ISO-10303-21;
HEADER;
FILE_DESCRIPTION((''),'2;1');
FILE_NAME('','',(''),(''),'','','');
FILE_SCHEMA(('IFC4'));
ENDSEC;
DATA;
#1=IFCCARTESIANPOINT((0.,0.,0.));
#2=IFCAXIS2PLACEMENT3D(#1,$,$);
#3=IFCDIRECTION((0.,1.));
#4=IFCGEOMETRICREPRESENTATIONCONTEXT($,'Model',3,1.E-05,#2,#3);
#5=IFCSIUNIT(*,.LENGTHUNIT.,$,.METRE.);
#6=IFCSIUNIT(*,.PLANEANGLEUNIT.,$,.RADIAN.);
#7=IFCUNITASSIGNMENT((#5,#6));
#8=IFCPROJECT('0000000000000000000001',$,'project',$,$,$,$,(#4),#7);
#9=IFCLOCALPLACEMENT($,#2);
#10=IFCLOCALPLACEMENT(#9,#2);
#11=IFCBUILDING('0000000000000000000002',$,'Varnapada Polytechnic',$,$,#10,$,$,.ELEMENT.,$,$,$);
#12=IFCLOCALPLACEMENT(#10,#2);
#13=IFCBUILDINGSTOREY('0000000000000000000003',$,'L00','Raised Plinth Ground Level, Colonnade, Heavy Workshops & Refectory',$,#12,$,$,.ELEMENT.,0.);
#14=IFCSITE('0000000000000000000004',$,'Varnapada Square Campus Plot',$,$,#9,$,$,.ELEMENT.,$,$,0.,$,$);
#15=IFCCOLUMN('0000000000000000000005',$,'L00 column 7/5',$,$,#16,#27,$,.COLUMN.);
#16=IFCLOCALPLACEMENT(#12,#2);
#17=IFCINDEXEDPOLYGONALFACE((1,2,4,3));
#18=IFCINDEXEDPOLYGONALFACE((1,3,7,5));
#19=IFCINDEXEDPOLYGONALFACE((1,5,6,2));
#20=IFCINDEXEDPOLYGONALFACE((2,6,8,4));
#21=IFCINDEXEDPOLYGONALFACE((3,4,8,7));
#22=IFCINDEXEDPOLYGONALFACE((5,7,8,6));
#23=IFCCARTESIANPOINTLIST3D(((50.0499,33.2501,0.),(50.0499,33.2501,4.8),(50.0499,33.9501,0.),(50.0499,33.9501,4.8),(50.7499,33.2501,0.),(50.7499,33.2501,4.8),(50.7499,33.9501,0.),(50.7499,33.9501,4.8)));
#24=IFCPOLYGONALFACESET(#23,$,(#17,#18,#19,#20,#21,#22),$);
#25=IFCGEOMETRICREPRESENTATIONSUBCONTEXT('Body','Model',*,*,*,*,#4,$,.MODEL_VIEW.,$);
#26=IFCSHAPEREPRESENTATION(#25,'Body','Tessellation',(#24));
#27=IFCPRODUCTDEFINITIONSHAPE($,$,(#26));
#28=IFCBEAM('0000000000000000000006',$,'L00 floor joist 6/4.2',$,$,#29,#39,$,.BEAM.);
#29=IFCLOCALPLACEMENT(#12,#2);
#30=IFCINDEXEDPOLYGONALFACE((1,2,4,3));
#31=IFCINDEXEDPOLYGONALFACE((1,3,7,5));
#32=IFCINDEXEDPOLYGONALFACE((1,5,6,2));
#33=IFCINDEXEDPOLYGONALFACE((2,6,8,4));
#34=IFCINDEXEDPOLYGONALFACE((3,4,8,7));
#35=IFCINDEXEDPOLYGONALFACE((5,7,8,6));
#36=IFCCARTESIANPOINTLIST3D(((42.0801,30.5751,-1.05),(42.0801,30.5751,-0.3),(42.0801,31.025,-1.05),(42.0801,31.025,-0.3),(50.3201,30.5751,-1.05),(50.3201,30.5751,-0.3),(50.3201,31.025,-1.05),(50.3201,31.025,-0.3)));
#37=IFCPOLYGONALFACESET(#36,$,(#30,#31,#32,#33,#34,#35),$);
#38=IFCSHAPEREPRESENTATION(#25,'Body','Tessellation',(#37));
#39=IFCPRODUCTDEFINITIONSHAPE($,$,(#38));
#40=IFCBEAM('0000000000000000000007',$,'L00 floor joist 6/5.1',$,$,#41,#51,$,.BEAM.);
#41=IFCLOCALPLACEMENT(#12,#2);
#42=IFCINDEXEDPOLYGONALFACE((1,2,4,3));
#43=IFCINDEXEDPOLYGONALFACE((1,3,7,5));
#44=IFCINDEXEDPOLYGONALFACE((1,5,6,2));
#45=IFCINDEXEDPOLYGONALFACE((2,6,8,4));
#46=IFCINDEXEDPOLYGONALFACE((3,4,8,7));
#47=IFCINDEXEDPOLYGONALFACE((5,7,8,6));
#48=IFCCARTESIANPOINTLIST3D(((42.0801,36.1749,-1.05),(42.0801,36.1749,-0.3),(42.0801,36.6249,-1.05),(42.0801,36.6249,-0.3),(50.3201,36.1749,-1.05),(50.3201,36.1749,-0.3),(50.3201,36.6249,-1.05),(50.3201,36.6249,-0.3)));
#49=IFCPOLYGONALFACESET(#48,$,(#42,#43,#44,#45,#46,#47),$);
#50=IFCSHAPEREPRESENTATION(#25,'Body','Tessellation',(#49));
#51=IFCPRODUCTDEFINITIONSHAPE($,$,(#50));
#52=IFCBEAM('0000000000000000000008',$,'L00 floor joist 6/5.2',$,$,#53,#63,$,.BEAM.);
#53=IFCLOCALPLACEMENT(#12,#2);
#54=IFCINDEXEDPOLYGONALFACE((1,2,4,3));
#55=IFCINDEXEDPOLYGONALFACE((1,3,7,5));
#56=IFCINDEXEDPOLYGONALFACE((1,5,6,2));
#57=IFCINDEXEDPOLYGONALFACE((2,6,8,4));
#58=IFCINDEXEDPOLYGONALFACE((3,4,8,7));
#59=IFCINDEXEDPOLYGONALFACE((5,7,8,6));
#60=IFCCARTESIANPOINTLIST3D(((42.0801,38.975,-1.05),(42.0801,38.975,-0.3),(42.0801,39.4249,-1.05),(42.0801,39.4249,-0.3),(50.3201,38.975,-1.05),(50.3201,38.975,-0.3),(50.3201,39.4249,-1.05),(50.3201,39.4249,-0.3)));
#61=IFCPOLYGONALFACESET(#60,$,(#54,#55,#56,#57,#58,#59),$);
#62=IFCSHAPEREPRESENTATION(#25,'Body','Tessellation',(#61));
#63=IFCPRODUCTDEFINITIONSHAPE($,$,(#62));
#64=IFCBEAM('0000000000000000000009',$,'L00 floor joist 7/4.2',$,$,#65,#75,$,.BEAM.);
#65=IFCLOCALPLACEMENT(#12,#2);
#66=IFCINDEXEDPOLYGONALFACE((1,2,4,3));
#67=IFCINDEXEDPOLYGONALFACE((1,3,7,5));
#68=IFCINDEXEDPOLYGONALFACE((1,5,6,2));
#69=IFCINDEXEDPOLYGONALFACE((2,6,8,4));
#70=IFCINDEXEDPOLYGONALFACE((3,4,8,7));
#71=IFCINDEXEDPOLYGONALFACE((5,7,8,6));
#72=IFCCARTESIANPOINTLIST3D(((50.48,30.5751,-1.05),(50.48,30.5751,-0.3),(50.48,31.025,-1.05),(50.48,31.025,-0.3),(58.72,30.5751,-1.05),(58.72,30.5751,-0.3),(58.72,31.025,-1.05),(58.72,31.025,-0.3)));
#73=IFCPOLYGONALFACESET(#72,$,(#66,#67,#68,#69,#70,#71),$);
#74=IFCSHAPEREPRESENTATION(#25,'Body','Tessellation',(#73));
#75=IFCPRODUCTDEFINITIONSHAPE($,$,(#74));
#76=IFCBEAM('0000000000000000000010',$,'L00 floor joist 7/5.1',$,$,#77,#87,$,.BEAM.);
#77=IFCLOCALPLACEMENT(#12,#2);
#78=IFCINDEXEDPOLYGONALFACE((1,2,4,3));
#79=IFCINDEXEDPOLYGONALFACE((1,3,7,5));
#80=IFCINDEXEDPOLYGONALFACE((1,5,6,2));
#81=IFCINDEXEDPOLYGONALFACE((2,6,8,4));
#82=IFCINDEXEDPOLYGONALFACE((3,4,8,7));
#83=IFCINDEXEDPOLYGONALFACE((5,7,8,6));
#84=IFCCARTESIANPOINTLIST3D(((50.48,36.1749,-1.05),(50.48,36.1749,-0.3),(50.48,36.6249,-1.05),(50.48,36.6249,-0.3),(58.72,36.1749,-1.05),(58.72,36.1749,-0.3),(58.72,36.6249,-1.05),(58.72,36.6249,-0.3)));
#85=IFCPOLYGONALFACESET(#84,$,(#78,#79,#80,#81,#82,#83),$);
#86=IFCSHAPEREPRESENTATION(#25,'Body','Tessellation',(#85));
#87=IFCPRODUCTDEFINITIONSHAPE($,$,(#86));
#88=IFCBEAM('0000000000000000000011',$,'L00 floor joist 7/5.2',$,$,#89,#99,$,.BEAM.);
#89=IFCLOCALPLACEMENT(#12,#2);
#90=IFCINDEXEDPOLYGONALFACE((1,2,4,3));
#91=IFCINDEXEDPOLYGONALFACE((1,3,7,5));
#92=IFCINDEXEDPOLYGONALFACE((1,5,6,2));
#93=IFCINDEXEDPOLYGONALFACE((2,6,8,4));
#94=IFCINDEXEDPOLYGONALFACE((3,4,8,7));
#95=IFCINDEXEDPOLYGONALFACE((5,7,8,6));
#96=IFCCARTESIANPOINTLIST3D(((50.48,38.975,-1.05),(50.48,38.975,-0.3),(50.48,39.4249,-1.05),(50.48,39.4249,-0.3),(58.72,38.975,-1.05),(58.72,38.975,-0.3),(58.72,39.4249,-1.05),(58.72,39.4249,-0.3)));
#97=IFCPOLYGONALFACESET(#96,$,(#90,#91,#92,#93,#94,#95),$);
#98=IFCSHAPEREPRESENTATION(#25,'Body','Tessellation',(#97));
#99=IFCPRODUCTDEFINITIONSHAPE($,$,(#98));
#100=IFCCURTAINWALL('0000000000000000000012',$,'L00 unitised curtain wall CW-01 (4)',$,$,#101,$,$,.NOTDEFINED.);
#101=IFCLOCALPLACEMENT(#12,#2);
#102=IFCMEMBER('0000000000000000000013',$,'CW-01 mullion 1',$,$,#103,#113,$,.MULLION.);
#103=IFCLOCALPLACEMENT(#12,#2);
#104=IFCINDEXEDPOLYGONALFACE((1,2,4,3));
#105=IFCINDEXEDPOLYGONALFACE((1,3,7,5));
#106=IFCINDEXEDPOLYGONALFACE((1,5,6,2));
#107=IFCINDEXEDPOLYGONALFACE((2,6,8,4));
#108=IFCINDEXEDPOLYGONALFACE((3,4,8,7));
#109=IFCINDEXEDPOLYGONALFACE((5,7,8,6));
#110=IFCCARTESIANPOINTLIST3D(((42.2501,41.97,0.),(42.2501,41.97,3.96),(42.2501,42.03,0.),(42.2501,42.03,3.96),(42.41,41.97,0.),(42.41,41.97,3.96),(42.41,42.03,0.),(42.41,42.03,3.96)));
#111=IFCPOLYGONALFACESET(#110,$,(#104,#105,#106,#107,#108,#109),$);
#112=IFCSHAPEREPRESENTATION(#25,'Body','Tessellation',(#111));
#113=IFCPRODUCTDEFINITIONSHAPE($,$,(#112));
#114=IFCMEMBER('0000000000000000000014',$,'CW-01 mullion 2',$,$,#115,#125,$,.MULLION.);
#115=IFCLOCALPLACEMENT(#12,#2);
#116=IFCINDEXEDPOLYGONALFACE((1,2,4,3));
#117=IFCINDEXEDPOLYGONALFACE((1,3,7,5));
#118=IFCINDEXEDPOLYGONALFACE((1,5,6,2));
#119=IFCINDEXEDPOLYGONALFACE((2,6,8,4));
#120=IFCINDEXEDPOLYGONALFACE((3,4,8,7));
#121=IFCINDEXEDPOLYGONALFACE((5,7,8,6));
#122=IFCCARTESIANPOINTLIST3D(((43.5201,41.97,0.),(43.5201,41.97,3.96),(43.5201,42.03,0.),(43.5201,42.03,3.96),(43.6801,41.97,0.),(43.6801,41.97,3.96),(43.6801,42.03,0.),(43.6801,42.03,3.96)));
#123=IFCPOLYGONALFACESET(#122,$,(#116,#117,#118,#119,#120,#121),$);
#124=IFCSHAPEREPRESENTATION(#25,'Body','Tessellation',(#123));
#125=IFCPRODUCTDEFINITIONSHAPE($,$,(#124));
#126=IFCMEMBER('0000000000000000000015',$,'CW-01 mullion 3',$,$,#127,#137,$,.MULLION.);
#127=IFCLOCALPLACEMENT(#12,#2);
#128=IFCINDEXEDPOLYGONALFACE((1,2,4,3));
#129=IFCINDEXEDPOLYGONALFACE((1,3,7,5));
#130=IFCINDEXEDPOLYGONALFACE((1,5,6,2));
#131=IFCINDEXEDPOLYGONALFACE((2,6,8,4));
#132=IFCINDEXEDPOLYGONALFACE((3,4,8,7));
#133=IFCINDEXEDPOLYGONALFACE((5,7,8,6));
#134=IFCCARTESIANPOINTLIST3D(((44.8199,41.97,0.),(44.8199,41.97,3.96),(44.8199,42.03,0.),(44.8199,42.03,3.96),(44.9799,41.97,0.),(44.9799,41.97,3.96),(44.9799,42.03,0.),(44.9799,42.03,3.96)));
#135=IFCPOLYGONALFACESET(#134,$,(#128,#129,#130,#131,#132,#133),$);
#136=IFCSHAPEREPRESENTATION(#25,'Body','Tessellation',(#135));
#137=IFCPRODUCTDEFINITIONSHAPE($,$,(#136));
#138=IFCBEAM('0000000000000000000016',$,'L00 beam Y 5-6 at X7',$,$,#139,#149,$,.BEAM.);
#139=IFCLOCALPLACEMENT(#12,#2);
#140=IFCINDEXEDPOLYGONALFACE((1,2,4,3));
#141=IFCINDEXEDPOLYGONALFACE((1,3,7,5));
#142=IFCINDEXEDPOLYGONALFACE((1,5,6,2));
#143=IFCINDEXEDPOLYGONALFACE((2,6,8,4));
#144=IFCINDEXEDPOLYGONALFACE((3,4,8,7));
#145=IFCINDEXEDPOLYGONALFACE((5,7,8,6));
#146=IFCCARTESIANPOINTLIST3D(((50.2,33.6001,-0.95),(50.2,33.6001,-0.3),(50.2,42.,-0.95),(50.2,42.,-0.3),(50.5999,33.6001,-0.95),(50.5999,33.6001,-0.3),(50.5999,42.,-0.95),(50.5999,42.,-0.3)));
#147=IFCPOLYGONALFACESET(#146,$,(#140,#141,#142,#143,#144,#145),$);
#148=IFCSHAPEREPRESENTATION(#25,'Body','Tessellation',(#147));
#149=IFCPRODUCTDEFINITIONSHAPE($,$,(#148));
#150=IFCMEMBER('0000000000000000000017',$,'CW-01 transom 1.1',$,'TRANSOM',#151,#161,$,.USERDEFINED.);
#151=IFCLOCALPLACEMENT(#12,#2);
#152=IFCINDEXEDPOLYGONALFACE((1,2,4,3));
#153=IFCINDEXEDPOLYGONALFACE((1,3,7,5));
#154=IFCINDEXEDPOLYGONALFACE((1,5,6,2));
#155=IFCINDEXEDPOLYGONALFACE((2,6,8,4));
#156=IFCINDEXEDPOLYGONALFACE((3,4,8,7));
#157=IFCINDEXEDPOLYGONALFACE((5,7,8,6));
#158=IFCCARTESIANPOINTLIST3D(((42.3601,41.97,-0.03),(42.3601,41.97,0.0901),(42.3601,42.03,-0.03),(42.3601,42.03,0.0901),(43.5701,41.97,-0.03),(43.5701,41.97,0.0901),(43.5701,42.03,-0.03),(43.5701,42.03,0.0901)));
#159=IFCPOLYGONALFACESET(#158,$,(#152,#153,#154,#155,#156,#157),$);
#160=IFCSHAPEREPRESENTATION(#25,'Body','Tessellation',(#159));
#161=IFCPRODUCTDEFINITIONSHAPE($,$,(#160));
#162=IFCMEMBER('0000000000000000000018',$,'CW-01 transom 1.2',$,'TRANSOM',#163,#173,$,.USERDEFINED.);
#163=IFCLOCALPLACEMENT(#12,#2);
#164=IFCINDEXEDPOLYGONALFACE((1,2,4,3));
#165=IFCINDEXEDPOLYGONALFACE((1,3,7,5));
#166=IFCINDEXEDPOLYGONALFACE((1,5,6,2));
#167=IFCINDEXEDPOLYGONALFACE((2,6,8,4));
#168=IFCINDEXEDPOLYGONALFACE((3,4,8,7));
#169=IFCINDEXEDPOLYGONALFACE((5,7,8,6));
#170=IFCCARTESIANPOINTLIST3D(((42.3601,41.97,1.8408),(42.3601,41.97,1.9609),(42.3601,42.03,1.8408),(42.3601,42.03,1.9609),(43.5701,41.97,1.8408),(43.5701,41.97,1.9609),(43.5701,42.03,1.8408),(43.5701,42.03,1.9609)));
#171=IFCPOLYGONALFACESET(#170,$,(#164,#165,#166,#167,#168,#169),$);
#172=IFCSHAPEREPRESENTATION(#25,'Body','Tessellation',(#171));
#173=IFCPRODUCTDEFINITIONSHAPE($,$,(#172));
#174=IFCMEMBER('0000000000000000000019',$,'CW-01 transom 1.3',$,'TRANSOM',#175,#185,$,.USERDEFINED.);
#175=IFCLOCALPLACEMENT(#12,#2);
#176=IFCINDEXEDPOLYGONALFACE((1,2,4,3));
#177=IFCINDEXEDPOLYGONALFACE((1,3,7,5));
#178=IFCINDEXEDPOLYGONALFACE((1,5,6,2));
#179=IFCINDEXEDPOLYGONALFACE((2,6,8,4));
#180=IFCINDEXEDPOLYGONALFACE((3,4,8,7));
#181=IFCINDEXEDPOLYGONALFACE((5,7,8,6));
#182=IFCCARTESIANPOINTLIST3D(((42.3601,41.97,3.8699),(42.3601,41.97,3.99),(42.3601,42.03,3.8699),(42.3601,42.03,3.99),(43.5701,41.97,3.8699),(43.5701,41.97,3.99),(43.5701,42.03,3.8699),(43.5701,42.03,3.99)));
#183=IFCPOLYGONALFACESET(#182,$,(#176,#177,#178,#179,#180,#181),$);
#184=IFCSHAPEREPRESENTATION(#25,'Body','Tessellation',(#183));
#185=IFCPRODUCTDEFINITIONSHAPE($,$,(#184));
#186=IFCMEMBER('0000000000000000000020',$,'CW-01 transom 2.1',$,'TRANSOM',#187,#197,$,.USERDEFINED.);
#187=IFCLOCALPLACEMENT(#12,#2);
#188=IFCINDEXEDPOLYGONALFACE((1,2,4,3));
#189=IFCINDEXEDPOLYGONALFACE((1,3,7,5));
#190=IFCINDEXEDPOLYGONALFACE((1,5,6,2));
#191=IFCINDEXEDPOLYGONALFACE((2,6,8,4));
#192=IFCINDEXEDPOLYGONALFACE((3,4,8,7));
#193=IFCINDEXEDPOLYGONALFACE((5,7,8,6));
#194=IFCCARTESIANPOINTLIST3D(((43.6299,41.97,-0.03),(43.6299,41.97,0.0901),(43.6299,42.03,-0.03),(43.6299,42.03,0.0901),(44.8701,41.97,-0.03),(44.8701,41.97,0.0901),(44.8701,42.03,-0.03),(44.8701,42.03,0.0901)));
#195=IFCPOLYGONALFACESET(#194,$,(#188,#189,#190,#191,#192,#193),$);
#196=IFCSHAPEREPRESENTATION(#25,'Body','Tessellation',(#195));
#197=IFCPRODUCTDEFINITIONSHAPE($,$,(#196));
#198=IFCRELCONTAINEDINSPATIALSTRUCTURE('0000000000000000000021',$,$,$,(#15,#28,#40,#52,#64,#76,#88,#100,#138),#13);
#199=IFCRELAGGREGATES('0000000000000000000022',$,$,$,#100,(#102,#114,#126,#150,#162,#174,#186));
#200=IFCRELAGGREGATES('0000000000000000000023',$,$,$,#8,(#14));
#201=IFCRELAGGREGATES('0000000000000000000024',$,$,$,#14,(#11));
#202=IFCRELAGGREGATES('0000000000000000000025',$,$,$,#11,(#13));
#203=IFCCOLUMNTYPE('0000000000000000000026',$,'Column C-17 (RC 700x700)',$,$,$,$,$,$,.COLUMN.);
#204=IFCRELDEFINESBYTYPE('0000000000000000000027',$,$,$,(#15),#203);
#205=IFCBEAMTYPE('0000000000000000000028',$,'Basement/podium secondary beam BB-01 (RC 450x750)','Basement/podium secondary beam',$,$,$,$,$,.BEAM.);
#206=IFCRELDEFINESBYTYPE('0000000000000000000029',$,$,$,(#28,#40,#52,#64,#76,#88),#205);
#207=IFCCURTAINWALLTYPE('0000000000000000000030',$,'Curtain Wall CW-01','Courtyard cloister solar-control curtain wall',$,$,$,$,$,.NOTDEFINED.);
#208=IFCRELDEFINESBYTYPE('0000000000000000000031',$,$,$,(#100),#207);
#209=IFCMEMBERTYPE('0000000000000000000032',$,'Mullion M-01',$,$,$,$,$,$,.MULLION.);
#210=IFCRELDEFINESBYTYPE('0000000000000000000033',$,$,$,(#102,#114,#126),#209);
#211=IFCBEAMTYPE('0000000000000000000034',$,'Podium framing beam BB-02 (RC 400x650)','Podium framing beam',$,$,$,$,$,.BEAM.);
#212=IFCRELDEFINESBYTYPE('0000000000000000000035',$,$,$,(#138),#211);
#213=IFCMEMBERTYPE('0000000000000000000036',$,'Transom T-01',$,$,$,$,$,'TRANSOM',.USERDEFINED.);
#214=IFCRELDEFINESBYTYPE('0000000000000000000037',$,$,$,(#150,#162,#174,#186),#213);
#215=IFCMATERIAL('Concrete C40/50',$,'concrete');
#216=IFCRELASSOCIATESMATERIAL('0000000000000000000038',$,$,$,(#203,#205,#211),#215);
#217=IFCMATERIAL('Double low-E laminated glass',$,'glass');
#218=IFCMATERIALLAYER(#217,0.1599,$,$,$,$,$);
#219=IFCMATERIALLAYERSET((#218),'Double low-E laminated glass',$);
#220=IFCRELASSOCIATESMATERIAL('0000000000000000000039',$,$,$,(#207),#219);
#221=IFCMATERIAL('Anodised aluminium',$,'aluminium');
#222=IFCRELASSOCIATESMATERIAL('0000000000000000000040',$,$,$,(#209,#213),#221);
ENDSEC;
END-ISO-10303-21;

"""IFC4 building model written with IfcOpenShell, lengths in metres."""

from ifc_helpers import new_model, si_unit, direction, frame, origin, origin_2d, place, context, subcontext, project, spatial, rectangle, extrude, material, layer, layer_set, material_profile, profile_set, type_object, element, aggregate, save


model = new_model("IFC4")

# Units and contexts
model_context = context("Model", 3, precision=1e-05, world=origin(), true_north=direction((0.0, 1.0)))
body_context = subcontext(model_context, "Body", "Model", "MODEL_VIEW")
ifc_project = project(units=[si_unit("LENGTHUNIT", "METRE"), si_unit("PLANEANGLEUNIT", "RADIAN")], contexts=[model_context])

# Site, building, storey
site_placement = place(None, origin())
site = spatial("IfcSite", under=ifc_project, at=site_placement, Name="Varnapada Square Campus Plot", CompositionType="ELEMENT", RefElevation=0.0)
building_placement = place(site_placement, origin())
building = spatial("IfcBuilding", under=site, at=building_placement, Name="Varnapada Polytechnic", CompositionType="ELEMENT")
storey_placement = place(building_placement, origin())
storey = spatial("IfcBuildingStorey", under=building, at=storey_placement, Name="L00", Description="Raised Plinth Ground Level, Colonnade, Heavy Workshops & Refectory", CompositionType="ELEMENT", Elevation=0.0)

# Column
ifc_material_1 = material(Name="Concrete C40/50", Category="concrete")
ifc_material_profile_1 = material_profile(ifc_material_1, rectangle(XDim=0.7, YDim=0.7, at=origin_2d()), Name="RC 700x700")
ifc_profile_set_1 = profile_set([ifc_material_profile_1], Name="Concrete C40/50")
column_type = type_object("IfcColumnType", Name="Column C-17 (RC 700x700)", PredefinedType="COLUMN", material=ifc_profile_set_1)
column_placement = place(storey_placement, frame((50.3999, 33.6001, 0.0), z_axis=(0.0, 0.0, 1.0), x_axis=(1.0, 0.0, 0.0)))
element("IfcColumn", 1, at=column_placement, inside=storey, type_object=column_type, Name="L00 column 7/5", PredefinedType="COLUMN", context=body_context, shape_type="SweptSolid", body=[
    extrude(rectangle(XDim=0.7, YDim=0.7, at=origin_2d()), origin(), (0.0, 0.0, 1.0), 4.8),
])

# Beams
ifc_material_profile_2 = material_profile(ifc_material_1, rectangle(XDim=0.45, YDim=0.75, at=origin_2d()), Name="RC 450x750")
ifc_profile_set_2 = profile_set([ifc_material_profile_2], Name="Concrete C40/50")
beam_type_1 = type_object("IfcBeamType", Name="Basement/podium secondary beam BB-01 (RC 450x750)", Description="Basement/podium secondary beam", PredefinedType="BEAM", material=ifc_profile_set_2)
for number, where, z_axis, x_axis, name in (
    (2, (42.0801, 30.8, -0.675), (1.0, 0.0, 0.0), (0.0, 1.0, 0.0), "L00 floor joist 6/4.2"),
    (3, (42.0801, 36.3999, -0.675), (1.0, 0.0, 0.0), (0.0, 1.0, 0.0), "L00 floor joist 6/5.1"),
    (4, (42.0801, 39.2, -0.675), (1.0, 0.0, 0.0), (0.0, 1.0, 0.0), "L00 floor joist 6/5.2"),
    (5, (50.48, 30.8, -0.675), (1.0, 0.0, 0.0), (0.0, 1.0, 0.0), "L00 floor joist 7/4.2"),
    (6, (50.48, 36.3999, -0.675), (1.0, 0.0, 0.0), (0.0, 1.0, 0.0), "L00 floor joist 7/5.1"),
    (7, (50.48, 39.2, -0.675), (1.0, 0.0, 0.0), (0.0, 1.0, 0.0), "L00 floor joist 7/5.2"),
):
    element("IfcBeam", number, at=place(storey_placement, frame(where, z_axis=z_axis, x_axis=x_axis)), inside=storey, type_object=beam_type_1, Name=name, PredefinedType="BEAM", context=body_context, shape_type="SweptSolid", body=[
        extrude(rectangle(XDim=0.45, YDim=0.75, at=origin_2d()), origin(), (0.0, 0.0, 1.0), 8.24),
    ])

# Curtain wall, members
ifc_material_2 = material(Name="Double low-E laminated glass", Category="glass")
ifc_layer_1 = layer(ifc_material_2, 0.1599)
ifc_layer_set_1 = layer_set([ifc_layer_1], Name="Double low-E laminated glass")
curtain_wall_type = type_object("IfcCurtainWallType", Name="Curtain Wall CW-01", Description="Courtyard cloister solar-control curtain wall", PredefinedType="NOTDEFINED", material=ifc_layer_set_1)
curtain_wall_placement = place(storey_placement, origin())
curtain_wall = element("IfcCurtainWall", 8, at=curtain_wall_placement, inside=storey, type_object=curtain_wall_type, Name="L00 unitised curtain wall CW-01 (4)", PredefinedType="NOTDEFINED")
ifc_material_3 = material(Name="Anodised aluminium", Category="aluminium")
ifc_material_profile_3 = material_profile(ifc_material_3, rectangle(XDim=0.0601, YDim=0.1599, at=origin_2d()), Name="ALU M60x160")
ifc_profile_set_3 = profile_set([ifc_material_profile_3], Name="Anodised aluminium")
member_type_1 = type_object("IfcMemberType", Name="Mullion M-01", PredefinedType="MULLION", material=ifc_profile_set_3)
member_1_placement = place(storey_placement, frame((42.3301, 42.0, 0.0), z_axis=(0.0, 0.0, 1.0), x_axis=(0.0, 1.0, 0.0)))
member_1 = element("IfcMember", 9, at=member_1_placement, type_object=member_type_1, Name="CW-01 mullion 1", PredefinedType="MULLION", context=body_context, shape_type="SweptSolid", body=[
    extrude(rectangle(XDim=0.0601, YDim=0.1599, at=origin_2d()), origin(), (0.0, 0.0, 1.0), 3.96),
])
member_2_placement = place(storey_placement, frame((43.6001, 42.0, 0.0), z_axis=(0.0, 0.0, 1.0), x_axis=(0.0, 1.0, 0.0)))
member_2 = element("IfcMember", 10, at=member_2_placement, type_object=member_type_1, Name="CW-01 mullion 2", PredefinedType="MULLION", context=body_context, shape_type="SweptSolid", body=[
    extrude(rectangle(XDim=0.0601, YDim=0.1599, at=origin_2d()), origin(), (0.0, 0.0, 1.0), 3.96),
])
member_3_placement = place(storey_placement, frame((44.8999, 42.0, 0.0), z_axis=(0.0, 0.0, 1.0), x_axis=(0.0, 1.0, 0.0)))
member_3 = element("IfcMember", 11, at=member_3_placement, type_object=member_type_1, Name="CW-01 mullion 3", PredefinedType="MULLION", context=body_context, shape_type="SweptSolid", body=[
    extrude(rectangle(XDim=0.0601, YDim=0.1599, at=origin_2d()), origin(), (0.0, 0.0, 1.0), 3.96),
])

# Beam
ifc_material_profile_4 = material_profile(ifc_material_1, rectangle(XDim=0.3999, YDim=0.6499, at=origin_2d()), Name="RC 400x650")
ifc_profile_set_4 = profile_set([ifc_material_profile_4], Name="Concrete C40/50")
beam_type_2 = type_object("IfcBeamType", Name="Podium framing beam BB-02 (RC 400x650)", Description="Podium framing beam", PredefinedType="BEAM", material=ifc_profile_set_4)
beam_1_placement = place(storey_placement, frame((50.3999, 33.6001, -0.625), z_axis=(0.0, 1.0, 0.0), x_axis=(-1.0, 0.0, 0.0)))
element("IfcBeam", 12, at=beam_1_placement, inside=storey, type_object=beam_type_2, Name="L00 beam Y 5-6 at X7", PredefinedType="BEAM", context=body_context, shape_type="SweptSolid", body=[
    extrude(rectangle(XDim=0.3999, YDim=0.6499, at=origin_2d()), origin(), (0.0, 0.0, 1.0), 8.3999),
])

# Members
ifc_material_profile_5 = material_profile(ifc_material_3, rectangle(XDim=0.0601, YDim=0.1201, at=origin_2d()), Name="ALU T60x120")
ifc_profile_set_5 = profile_set([ifc_material_profile_5], Name="Anodised aluminium")
member_type_2 = type_object("IfcMemberType", Name="Transom T-01", ElementType="TRANSOM", PredefinedType="USERDEFINED", material=ifc_profile_set_5)
member_4_placement = place(storey_placement, frame((42.3601, 42.0, 0.03), z_axis=(1.0, 0.0, 0.0), x_axis=(0.0, 1.0, 0.0)))
member_4 = element("IfcMember", 13, at=member_4_placement, type_object=member_type_2, Name="CW-01 transom 1.1", ObjectType="TRANSOM", PredefinedType="USERDEFINED", context=body_context, shape_type="SweptSolid", body=[
    extrude(rectangle(XDim=0.0601, YDim=0.1201, at=origin_2d()), origin(), (0.0, 0.0, 1.0), 1.21),
])
member_5_placement = place(storey_placement, frame((42.3601, 42.0, 1.9009), z_axis=(1.0, 0.0, 0.0), x_axis=(0.0, 1.0, 0.0)))
member_5 = element("IfcMember", 14, at=member_5_placement, type_object=member_type_2, Name="CW-01 transom 1.2", ObjectType="TRANSOM", PredefinedType="USERDEFINED", context=body_context, shape_type="SweptSolid", body=[
    extrude(rectangle(XDim=0.0601, YDim=0.1201, at=origin_2d()), origin(), (0.0, 0.0, 1.0), 1.21),
])
member_6_placement = place(storey_placement, frame((42.3601, 42.0, 3.9299), z_axis=(1.0, 0.0, 0.0), x_axis=(0.0, 1.0, 0.0)))
member_6 = element("IfcMember", 15, at=member_6_placement, type_object=member_type_2, Name="CW-01 transom 1.3", ObjectType="TRANSOM", PredefinedType="USERDEFINED", context=body_context, shape_type="SweptSolid", body=[
    extrude(rectangle(XDim=0.0601, YDim=0.1201, at=origin_2d()), origin(), (0.0, 0.0, 1.0), 1.21),
])
member_7_placement = place(storey_placement, frame((43.6299, 42.0, 0.03), z_axis=(1.0, 0.0, 0.0), x_axis=(0.0, 1.0, 0.0)))
member_7 = element("IfcMember", 16, at=member_7_placement, type_object=member_type_2, Name="CW-01 transom 2.1", ObjectType="TRANSOM", PredefinedType="USERDEFINED", context=body_context, shape_type="SweptSolid", body=[
    extrude(rectangle(XDim=0.0601, YDim=0.1201, at=origin_2d()), origin(), (0.0, 0.0, 1.0), 1.2402),
])

aggregate(curtain_wall, [member_1, member_2, member_3, member_4, member_5, member_6, member_7])

save(model, "model.ifc")
